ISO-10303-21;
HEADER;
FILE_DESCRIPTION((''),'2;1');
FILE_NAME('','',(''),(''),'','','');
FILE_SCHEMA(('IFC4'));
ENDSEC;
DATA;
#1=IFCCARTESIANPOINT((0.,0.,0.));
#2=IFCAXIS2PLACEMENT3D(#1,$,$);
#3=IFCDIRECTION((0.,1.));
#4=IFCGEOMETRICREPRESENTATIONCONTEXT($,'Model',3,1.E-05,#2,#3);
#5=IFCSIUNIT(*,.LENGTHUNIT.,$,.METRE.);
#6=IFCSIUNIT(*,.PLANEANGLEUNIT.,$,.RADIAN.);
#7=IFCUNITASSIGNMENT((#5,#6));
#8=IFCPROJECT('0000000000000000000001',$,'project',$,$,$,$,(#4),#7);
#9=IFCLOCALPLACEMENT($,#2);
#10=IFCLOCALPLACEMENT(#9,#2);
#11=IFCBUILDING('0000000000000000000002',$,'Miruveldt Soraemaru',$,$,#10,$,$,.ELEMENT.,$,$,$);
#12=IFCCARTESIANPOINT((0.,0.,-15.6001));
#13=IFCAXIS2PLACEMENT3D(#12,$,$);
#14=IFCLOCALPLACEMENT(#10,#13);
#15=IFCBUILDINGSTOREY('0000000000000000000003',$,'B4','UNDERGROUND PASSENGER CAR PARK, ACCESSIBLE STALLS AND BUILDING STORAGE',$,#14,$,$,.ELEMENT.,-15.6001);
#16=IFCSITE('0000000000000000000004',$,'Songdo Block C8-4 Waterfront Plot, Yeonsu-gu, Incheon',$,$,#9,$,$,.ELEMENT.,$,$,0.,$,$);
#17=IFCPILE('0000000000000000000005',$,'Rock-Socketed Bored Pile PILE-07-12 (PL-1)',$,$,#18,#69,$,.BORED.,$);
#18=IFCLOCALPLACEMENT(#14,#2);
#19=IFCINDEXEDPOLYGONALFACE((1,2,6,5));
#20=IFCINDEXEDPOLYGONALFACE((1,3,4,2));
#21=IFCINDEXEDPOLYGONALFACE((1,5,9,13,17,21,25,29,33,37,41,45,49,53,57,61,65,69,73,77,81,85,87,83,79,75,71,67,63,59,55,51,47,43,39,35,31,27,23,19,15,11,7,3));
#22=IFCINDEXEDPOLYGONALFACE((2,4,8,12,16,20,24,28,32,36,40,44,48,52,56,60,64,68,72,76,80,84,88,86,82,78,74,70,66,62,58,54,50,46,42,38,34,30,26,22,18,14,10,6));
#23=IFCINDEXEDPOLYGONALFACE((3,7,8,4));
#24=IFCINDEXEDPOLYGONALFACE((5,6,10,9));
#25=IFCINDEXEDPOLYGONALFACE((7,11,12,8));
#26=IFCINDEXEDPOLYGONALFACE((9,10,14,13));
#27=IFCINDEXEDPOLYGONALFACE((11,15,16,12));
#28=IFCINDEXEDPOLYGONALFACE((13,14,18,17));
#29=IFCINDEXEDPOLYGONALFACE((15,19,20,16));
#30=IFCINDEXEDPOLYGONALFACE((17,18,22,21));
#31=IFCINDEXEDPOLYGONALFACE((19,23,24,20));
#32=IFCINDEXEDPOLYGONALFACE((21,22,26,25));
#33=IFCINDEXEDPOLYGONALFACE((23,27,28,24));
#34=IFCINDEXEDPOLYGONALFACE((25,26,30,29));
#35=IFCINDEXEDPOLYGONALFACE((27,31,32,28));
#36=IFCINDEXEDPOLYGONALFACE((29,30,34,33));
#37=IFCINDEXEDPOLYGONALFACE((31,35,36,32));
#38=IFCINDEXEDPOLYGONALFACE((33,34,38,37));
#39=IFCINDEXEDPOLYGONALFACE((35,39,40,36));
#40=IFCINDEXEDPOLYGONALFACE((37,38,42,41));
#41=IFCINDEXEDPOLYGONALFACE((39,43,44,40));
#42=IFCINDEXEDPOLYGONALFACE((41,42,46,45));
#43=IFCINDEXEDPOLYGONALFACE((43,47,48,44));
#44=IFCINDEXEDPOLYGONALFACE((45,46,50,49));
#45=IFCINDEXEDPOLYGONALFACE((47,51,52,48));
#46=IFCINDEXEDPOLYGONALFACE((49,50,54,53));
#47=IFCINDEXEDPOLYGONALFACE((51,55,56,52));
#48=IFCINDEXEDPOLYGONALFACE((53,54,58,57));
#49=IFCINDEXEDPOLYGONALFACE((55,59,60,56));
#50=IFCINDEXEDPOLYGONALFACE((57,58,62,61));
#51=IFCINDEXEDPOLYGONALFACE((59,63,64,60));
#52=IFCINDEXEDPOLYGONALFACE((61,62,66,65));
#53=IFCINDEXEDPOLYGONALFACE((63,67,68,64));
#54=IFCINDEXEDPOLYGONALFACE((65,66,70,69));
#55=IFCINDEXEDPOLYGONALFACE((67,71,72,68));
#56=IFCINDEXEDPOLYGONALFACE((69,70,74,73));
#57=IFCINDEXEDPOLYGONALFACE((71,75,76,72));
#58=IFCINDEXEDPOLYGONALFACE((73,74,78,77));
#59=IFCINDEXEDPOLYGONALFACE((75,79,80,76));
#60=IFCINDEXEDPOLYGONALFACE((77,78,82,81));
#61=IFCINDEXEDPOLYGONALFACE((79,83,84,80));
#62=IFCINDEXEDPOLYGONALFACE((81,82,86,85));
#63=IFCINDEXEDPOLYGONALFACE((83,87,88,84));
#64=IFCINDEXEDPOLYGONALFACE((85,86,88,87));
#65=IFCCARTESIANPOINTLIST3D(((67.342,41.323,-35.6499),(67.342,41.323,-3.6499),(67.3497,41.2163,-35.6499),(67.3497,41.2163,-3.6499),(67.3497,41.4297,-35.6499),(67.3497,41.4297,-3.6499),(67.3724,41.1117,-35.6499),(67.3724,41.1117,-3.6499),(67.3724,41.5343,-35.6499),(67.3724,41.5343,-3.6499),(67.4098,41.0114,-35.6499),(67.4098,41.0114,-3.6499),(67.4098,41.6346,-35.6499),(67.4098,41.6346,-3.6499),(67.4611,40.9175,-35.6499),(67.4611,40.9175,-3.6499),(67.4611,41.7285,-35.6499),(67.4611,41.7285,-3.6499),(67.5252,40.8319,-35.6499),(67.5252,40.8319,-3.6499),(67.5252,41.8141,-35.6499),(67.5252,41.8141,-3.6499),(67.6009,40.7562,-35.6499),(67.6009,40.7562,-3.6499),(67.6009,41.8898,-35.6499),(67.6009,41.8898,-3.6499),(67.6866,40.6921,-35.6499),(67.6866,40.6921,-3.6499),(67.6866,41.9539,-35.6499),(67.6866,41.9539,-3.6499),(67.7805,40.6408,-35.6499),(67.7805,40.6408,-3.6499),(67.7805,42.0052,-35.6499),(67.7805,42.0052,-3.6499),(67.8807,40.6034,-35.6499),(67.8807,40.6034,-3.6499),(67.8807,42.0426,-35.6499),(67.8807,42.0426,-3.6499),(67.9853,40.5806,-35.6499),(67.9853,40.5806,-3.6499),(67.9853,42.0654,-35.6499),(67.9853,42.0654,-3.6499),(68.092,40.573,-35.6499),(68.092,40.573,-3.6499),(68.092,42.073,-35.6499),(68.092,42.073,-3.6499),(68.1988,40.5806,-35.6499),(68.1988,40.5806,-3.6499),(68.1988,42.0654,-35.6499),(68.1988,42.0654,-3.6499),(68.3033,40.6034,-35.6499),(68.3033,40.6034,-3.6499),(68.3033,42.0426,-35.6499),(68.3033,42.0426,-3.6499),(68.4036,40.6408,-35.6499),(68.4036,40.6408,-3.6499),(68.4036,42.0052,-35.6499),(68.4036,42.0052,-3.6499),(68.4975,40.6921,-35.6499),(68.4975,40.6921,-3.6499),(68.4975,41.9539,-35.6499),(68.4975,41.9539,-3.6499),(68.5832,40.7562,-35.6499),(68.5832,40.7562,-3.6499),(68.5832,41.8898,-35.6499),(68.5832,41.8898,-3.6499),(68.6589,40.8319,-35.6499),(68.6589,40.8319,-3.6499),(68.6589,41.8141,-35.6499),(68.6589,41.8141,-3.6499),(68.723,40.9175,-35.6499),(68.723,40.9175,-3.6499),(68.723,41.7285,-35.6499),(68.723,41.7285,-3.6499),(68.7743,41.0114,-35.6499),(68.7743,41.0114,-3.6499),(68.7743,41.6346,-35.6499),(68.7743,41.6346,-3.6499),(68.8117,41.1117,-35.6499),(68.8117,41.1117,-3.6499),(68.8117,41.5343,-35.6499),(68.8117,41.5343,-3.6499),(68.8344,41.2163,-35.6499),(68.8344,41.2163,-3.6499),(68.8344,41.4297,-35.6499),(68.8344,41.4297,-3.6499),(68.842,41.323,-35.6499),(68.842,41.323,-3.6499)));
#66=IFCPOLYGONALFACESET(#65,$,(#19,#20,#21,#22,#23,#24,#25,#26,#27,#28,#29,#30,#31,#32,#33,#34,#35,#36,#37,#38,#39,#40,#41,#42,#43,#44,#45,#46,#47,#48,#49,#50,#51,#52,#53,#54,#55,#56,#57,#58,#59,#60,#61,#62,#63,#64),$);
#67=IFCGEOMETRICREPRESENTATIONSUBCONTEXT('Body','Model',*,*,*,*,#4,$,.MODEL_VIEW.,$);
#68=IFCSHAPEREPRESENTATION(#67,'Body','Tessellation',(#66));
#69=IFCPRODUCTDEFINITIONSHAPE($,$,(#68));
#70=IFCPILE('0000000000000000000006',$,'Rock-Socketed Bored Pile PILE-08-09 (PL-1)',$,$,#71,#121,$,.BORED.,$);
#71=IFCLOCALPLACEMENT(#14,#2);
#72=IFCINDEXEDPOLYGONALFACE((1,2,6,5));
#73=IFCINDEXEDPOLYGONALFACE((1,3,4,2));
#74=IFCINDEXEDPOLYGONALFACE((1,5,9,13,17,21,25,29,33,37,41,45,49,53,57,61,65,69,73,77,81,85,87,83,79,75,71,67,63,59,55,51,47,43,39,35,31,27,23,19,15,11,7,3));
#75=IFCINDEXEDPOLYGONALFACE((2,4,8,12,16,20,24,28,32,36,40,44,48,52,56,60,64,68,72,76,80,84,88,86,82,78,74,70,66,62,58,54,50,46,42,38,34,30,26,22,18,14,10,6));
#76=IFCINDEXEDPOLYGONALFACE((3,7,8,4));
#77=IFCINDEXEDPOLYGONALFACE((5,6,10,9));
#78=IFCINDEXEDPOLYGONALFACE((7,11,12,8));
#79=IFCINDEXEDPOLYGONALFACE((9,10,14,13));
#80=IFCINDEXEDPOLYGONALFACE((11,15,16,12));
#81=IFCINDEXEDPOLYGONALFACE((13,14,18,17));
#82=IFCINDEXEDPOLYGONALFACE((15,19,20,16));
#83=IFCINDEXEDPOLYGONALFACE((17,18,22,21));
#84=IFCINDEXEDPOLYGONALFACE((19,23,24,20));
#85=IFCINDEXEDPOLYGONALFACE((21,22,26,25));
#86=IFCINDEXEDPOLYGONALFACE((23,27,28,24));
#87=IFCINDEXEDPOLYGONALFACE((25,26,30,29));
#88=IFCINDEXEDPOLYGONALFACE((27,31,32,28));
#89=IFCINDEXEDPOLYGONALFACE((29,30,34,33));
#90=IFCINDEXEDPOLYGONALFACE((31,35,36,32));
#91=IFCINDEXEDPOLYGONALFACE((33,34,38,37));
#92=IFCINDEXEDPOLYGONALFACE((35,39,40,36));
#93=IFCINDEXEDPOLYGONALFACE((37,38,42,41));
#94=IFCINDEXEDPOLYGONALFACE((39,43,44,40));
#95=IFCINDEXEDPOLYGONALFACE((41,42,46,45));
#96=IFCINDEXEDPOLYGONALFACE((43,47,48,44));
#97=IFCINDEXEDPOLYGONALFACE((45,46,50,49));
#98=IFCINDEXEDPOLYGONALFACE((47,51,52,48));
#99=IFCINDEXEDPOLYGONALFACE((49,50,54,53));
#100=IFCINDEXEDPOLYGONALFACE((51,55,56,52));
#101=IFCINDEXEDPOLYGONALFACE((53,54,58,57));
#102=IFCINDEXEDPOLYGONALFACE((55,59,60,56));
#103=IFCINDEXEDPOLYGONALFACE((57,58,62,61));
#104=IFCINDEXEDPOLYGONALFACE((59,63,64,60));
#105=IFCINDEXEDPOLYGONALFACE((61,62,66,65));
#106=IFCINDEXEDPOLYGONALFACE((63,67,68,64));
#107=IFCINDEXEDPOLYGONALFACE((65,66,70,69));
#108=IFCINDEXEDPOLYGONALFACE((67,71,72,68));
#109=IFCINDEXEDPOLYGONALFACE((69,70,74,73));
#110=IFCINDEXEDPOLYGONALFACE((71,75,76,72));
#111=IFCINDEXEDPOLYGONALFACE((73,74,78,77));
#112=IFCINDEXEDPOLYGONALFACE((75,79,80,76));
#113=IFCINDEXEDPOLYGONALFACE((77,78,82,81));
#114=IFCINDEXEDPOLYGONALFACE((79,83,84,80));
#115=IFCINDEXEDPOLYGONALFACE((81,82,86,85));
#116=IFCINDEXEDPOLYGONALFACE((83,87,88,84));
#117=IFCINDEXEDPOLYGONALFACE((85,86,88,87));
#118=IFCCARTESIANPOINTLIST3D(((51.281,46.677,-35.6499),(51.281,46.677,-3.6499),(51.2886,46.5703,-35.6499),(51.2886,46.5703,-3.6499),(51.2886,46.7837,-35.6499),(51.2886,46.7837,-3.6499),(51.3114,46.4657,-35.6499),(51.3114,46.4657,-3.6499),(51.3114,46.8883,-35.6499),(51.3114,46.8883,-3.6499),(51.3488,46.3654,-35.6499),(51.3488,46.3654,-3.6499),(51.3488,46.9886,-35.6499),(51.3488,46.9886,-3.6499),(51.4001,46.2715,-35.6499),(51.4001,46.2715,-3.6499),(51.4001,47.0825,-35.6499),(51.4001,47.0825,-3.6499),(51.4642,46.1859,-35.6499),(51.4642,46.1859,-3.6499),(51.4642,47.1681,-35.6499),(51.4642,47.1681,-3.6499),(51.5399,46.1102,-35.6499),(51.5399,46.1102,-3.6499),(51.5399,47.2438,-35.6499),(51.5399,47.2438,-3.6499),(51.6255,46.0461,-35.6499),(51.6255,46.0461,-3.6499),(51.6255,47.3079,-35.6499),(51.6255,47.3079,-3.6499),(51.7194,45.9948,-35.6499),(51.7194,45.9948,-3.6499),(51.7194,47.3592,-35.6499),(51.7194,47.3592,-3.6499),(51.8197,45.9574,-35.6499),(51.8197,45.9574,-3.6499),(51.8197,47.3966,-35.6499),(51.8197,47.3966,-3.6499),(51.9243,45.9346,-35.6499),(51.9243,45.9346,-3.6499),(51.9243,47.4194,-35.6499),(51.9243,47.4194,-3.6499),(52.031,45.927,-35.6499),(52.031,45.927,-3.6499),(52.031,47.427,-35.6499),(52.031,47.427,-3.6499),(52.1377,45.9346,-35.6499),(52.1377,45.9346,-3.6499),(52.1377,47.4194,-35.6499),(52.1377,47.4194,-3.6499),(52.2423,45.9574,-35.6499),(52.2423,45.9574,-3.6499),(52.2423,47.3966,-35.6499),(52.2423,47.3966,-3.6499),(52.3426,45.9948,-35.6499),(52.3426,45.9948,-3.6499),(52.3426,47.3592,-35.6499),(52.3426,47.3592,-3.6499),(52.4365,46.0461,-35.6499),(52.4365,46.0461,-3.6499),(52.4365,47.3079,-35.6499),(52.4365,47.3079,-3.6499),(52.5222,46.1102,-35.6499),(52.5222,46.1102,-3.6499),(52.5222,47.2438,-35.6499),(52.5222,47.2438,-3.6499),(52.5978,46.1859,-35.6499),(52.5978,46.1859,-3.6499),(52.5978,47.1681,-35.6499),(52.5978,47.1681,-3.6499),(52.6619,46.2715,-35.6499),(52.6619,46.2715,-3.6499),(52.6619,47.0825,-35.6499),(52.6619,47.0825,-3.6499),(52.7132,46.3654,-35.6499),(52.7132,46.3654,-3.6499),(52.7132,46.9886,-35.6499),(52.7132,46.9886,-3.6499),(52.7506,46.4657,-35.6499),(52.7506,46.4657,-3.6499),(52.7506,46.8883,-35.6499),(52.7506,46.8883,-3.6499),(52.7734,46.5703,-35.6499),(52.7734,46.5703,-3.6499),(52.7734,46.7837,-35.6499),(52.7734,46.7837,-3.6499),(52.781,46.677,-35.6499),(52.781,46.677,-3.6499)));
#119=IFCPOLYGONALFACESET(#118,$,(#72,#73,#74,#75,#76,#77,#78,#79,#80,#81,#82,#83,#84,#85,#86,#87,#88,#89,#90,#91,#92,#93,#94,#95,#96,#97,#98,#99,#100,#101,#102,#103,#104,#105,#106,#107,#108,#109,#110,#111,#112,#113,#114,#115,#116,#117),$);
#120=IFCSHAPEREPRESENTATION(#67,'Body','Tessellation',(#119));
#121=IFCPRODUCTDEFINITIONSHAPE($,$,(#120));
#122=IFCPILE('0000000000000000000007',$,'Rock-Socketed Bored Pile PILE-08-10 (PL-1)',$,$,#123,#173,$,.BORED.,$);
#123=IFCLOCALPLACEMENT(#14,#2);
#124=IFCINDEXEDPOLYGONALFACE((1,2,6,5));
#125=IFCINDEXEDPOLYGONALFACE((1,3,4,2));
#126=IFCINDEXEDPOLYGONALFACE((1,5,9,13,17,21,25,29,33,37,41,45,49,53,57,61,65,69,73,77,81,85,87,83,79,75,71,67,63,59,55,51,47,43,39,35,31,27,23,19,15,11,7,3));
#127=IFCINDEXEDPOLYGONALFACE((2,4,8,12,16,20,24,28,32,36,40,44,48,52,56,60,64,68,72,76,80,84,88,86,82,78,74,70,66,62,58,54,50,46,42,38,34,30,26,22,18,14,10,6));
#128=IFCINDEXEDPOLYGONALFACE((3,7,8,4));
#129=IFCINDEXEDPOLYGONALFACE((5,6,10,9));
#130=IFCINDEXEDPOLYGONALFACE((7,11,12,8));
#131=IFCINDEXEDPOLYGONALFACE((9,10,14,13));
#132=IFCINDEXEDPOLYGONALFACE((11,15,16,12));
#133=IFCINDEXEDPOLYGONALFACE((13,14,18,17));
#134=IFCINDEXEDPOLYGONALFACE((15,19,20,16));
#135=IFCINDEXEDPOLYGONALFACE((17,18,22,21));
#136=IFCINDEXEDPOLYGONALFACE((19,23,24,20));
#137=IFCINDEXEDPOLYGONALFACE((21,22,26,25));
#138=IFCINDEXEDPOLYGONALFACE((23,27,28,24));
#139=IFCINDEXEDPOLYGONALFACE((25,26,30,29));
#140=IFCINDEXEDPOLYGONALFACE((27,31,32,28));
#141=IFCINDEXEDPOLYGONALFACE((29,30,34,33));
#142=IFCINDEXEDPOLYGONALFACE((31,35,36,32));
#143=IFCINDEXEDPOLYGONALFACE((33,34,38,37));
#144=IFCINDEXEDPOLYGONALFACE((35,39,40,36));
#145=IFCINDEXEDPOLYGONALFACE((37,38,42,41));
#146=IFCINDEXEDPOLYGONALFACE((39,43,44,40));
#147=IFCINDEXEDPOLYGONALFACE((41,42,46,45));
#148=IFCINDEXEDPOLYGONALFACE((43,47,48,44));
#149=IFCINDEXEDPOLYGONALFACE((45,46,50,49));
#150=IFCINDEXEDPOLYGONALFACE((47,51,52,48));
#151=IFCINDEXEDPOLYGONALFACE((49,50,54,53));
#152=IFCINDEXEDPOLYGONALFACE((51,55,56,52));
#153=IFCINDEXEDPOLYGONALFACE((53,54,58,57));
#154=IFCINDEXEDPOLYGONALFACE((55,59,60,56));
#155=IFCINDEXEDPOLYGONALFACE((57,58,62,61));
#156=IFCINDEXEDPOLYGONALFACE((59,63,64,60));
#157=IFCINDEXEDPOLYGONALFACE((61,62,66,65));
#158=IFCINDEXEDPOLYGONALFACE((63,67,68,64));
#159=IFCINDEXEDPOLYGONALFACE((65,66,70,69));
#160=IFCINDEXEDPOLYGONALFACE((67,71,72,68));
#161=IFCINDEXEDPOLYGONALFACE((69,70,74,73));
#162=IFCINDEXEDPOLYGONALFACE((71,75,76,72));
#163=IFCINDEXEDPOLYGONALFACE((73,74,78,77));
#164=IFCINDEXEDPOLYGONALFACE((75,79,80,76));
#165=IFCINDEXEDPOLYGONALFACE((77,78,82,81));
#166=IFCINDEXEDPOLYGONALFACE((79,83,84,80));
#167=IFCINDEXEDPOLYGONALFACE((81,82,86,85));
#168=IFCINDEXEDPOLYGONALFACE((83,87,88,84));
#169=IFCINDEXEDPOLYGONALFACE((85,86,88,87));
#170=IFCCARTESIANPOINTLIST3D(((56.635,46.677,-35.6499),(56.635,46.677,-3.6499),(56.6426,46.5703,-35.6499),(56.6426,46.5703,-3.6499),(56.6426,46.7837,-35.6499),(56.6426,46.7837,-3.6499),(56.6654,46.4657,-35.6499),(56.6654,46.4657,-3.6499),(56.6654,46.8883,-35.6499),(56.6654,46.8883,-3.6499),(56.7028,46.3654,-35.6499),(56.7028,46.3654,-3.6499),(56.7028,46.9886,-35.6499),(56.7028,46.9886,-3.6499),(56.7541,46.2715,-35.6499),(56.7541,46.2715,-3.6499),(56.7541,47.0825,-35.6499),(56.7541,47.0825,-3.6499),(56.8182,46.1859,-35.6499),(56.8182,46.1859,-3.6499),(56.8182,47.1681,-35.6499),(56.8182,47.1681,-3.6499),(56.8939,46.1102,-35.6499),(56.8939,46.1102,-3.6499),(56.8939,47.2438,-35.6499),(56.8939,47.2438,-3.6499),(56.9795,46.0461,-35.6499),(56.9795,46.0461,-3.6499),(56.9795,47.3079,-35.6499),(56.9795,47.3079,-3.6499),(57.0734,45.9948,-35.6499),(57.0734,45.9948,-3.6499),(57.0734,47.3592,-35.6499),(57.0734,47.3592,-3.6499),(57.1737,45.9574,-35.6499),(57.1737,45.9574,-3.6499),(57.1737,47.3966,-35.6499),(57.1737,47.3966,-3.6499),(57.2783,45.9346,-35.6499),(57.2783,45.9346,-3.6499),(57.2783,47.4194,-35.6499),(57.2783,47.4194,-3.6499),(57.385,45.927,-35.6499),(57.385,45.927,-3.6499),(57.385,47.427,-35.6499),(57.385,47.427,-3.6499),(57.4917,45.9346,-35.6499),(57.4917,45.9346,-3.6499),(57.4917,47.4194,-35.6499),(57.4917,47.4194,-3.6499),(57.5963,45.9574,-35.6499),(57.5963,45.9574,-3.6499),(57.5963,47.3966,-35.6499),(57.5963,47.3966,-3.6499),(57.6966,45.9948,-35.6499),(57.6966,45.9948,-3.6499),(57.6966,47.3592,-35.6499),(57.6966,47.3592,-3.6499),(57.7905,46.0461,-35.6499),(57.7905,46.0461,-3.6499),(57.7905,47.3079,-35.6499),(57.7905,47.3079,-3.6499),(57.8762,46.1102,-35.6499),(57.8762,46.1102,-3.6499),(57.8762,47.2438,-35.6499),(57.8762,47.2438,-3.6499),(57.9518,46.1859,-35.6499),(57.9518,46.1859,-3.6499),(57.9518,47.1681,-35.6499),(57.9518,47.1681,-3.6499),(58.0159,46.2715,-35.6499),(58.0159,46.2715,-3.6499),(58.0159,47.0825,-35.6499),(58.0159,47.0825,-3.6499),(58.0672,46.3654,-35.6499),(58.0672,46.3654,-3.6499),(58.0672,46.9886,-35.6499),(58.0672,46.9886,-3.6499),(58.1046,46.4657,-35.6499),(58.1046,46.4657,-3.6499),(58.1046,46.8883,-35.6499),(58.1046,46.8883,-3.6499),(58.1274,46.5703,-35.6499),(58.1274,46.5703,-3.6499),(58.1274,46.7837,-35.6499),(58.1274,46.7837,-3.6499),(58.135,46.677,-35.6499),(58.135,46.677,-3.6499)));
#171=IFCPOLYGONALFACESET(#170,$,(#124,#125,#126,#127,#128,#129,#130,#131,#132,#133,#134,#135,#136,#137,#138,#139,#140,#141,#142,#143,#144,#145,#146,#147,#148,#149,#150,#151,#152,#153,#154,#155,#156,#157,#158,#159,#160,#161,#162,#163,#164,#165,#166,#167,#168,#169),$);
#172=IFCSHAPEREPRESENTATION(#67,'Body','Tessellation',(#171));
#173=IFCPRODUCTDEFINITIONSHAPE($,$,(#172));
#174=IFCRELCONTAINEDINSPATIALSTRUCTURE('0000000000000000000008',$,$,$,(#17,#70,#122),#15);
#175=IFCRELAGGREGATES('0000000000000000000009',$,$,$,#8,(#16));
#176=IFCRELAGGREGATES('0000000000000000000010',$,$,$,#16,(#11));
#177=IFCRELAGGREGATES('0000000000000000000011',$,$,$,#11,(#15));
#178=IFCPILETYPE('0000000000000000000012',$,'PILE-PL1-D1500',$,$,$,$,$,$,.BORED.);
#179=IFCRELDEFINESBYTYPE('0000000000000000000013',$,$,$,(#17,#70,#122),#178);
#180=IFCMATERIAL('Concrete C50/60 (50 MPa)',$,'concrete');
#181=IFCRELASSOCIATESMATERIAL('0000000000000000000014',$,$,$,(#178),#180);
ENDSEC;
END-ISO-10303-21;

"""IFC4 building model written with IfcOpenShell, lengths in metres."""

from ifc_helpers import new_model, si_unit, direction, frame, origin, origin_2d, place, context, subcontext, project, spatial, circle, extrude, material, material_profile, profile_set, type_object, element, save


model = new_model("IFC4")

# Units and contexts
model_context = context("Model", 3, precision=1e-05, world=origin(), true_north=direction((0.0, 1.0)))
body_context = subcontext(model_context, "Body", "Model", "MODEL_VIEW")
ifc_project = project(units=[si_unit("LENGTHUNIT", "METRE"), si_unit("PLANEANGLEUNIT", "RADIAN")], contexts=[model_context])

# Site, building, storey
site_placement = place(None, origin())
site = spatial("IfcSite", under=ifc_project, at=site_placement, Name="Songdo Block C8-4 Waterfront Plot, Yeonsu-gu, Incheon", CompositionType="ELEMENT", RefElevation=0.0)
building_placement = place(site_placement, origin())
building = spatial("IfcBuilding", under=site, at=building_placement, Name="Miruveldt Soraemaru", CompositionType="ELEMENT")
storey_placement = place(building_placement, frame((0.0, 0.0, -15.6001)))
storey = spatial("IfcBuildingStorey", under=building, at=storey_placement, Name="B4", Description="UNDERGROUND PASSENGER CAR PARK, ACCESSIBLE STALLS AND BUILDING STORAGE", CompositionType="ELEMENT", Elevation=-15.6001)

# Piles
ifc_material_1 = material(Name="Concrete C50/60 (50 MPa)", Category="concrete")
ifc_material_profile_1 = material_profile(ifc_material_1, circle(Radius=0.75, at=origin_2d()), Name="Concrete C50/60 (50 MPa)", Category="concrete")
ifc_profile_set_1 = profile_set([ifc_material_profile_1], Name="Concrete C50/60 (50 MPa)")
pile_type_1 = type_object("IfcPileType", Name="PILE-PL1-D1500", PredefinedType="BORED", material=ifc_profile_set_1)
for number, where, z_axis, x_axis, name in (
    (1, (68.092, 41.323, -3.6499), (0.0, 0.0, -1.0), (1.0, 0.0, 0.0), "Rock-Socketed Bored Pile PILE-07-12 (PL-1)"),
    (2, (52.031, 46.677, -3.6499), (0.0, 0.0, -1.0), (1.0, 0.0, 0.0), "Rock-Socketed Bored Pile PILE-08-09 (PL-1)"),
    (3, (57.385, 46.677, -3.6499), (0.0, 0.0, -1.0), (1.0, 0.0, 0.0), "Rock-Socketed Bored Pile PILE-08-10 (PL-1)"),
):
    element("IfcPile", number, at=place(storey_placement, frame(where, z_axis=z_axis, x_axis=x_axis)), inside=storey, type_object=pile_type_1, Name=name, PredefinedType="BORED", context=body_context, shape_type="SweptSolid", body=[
        extrude(circle(Radius=0.75, at=origin_2d()), origin(), (0.0, 0.0, 1.0), 32.0),
    ])

save(model, "model.ifc")
